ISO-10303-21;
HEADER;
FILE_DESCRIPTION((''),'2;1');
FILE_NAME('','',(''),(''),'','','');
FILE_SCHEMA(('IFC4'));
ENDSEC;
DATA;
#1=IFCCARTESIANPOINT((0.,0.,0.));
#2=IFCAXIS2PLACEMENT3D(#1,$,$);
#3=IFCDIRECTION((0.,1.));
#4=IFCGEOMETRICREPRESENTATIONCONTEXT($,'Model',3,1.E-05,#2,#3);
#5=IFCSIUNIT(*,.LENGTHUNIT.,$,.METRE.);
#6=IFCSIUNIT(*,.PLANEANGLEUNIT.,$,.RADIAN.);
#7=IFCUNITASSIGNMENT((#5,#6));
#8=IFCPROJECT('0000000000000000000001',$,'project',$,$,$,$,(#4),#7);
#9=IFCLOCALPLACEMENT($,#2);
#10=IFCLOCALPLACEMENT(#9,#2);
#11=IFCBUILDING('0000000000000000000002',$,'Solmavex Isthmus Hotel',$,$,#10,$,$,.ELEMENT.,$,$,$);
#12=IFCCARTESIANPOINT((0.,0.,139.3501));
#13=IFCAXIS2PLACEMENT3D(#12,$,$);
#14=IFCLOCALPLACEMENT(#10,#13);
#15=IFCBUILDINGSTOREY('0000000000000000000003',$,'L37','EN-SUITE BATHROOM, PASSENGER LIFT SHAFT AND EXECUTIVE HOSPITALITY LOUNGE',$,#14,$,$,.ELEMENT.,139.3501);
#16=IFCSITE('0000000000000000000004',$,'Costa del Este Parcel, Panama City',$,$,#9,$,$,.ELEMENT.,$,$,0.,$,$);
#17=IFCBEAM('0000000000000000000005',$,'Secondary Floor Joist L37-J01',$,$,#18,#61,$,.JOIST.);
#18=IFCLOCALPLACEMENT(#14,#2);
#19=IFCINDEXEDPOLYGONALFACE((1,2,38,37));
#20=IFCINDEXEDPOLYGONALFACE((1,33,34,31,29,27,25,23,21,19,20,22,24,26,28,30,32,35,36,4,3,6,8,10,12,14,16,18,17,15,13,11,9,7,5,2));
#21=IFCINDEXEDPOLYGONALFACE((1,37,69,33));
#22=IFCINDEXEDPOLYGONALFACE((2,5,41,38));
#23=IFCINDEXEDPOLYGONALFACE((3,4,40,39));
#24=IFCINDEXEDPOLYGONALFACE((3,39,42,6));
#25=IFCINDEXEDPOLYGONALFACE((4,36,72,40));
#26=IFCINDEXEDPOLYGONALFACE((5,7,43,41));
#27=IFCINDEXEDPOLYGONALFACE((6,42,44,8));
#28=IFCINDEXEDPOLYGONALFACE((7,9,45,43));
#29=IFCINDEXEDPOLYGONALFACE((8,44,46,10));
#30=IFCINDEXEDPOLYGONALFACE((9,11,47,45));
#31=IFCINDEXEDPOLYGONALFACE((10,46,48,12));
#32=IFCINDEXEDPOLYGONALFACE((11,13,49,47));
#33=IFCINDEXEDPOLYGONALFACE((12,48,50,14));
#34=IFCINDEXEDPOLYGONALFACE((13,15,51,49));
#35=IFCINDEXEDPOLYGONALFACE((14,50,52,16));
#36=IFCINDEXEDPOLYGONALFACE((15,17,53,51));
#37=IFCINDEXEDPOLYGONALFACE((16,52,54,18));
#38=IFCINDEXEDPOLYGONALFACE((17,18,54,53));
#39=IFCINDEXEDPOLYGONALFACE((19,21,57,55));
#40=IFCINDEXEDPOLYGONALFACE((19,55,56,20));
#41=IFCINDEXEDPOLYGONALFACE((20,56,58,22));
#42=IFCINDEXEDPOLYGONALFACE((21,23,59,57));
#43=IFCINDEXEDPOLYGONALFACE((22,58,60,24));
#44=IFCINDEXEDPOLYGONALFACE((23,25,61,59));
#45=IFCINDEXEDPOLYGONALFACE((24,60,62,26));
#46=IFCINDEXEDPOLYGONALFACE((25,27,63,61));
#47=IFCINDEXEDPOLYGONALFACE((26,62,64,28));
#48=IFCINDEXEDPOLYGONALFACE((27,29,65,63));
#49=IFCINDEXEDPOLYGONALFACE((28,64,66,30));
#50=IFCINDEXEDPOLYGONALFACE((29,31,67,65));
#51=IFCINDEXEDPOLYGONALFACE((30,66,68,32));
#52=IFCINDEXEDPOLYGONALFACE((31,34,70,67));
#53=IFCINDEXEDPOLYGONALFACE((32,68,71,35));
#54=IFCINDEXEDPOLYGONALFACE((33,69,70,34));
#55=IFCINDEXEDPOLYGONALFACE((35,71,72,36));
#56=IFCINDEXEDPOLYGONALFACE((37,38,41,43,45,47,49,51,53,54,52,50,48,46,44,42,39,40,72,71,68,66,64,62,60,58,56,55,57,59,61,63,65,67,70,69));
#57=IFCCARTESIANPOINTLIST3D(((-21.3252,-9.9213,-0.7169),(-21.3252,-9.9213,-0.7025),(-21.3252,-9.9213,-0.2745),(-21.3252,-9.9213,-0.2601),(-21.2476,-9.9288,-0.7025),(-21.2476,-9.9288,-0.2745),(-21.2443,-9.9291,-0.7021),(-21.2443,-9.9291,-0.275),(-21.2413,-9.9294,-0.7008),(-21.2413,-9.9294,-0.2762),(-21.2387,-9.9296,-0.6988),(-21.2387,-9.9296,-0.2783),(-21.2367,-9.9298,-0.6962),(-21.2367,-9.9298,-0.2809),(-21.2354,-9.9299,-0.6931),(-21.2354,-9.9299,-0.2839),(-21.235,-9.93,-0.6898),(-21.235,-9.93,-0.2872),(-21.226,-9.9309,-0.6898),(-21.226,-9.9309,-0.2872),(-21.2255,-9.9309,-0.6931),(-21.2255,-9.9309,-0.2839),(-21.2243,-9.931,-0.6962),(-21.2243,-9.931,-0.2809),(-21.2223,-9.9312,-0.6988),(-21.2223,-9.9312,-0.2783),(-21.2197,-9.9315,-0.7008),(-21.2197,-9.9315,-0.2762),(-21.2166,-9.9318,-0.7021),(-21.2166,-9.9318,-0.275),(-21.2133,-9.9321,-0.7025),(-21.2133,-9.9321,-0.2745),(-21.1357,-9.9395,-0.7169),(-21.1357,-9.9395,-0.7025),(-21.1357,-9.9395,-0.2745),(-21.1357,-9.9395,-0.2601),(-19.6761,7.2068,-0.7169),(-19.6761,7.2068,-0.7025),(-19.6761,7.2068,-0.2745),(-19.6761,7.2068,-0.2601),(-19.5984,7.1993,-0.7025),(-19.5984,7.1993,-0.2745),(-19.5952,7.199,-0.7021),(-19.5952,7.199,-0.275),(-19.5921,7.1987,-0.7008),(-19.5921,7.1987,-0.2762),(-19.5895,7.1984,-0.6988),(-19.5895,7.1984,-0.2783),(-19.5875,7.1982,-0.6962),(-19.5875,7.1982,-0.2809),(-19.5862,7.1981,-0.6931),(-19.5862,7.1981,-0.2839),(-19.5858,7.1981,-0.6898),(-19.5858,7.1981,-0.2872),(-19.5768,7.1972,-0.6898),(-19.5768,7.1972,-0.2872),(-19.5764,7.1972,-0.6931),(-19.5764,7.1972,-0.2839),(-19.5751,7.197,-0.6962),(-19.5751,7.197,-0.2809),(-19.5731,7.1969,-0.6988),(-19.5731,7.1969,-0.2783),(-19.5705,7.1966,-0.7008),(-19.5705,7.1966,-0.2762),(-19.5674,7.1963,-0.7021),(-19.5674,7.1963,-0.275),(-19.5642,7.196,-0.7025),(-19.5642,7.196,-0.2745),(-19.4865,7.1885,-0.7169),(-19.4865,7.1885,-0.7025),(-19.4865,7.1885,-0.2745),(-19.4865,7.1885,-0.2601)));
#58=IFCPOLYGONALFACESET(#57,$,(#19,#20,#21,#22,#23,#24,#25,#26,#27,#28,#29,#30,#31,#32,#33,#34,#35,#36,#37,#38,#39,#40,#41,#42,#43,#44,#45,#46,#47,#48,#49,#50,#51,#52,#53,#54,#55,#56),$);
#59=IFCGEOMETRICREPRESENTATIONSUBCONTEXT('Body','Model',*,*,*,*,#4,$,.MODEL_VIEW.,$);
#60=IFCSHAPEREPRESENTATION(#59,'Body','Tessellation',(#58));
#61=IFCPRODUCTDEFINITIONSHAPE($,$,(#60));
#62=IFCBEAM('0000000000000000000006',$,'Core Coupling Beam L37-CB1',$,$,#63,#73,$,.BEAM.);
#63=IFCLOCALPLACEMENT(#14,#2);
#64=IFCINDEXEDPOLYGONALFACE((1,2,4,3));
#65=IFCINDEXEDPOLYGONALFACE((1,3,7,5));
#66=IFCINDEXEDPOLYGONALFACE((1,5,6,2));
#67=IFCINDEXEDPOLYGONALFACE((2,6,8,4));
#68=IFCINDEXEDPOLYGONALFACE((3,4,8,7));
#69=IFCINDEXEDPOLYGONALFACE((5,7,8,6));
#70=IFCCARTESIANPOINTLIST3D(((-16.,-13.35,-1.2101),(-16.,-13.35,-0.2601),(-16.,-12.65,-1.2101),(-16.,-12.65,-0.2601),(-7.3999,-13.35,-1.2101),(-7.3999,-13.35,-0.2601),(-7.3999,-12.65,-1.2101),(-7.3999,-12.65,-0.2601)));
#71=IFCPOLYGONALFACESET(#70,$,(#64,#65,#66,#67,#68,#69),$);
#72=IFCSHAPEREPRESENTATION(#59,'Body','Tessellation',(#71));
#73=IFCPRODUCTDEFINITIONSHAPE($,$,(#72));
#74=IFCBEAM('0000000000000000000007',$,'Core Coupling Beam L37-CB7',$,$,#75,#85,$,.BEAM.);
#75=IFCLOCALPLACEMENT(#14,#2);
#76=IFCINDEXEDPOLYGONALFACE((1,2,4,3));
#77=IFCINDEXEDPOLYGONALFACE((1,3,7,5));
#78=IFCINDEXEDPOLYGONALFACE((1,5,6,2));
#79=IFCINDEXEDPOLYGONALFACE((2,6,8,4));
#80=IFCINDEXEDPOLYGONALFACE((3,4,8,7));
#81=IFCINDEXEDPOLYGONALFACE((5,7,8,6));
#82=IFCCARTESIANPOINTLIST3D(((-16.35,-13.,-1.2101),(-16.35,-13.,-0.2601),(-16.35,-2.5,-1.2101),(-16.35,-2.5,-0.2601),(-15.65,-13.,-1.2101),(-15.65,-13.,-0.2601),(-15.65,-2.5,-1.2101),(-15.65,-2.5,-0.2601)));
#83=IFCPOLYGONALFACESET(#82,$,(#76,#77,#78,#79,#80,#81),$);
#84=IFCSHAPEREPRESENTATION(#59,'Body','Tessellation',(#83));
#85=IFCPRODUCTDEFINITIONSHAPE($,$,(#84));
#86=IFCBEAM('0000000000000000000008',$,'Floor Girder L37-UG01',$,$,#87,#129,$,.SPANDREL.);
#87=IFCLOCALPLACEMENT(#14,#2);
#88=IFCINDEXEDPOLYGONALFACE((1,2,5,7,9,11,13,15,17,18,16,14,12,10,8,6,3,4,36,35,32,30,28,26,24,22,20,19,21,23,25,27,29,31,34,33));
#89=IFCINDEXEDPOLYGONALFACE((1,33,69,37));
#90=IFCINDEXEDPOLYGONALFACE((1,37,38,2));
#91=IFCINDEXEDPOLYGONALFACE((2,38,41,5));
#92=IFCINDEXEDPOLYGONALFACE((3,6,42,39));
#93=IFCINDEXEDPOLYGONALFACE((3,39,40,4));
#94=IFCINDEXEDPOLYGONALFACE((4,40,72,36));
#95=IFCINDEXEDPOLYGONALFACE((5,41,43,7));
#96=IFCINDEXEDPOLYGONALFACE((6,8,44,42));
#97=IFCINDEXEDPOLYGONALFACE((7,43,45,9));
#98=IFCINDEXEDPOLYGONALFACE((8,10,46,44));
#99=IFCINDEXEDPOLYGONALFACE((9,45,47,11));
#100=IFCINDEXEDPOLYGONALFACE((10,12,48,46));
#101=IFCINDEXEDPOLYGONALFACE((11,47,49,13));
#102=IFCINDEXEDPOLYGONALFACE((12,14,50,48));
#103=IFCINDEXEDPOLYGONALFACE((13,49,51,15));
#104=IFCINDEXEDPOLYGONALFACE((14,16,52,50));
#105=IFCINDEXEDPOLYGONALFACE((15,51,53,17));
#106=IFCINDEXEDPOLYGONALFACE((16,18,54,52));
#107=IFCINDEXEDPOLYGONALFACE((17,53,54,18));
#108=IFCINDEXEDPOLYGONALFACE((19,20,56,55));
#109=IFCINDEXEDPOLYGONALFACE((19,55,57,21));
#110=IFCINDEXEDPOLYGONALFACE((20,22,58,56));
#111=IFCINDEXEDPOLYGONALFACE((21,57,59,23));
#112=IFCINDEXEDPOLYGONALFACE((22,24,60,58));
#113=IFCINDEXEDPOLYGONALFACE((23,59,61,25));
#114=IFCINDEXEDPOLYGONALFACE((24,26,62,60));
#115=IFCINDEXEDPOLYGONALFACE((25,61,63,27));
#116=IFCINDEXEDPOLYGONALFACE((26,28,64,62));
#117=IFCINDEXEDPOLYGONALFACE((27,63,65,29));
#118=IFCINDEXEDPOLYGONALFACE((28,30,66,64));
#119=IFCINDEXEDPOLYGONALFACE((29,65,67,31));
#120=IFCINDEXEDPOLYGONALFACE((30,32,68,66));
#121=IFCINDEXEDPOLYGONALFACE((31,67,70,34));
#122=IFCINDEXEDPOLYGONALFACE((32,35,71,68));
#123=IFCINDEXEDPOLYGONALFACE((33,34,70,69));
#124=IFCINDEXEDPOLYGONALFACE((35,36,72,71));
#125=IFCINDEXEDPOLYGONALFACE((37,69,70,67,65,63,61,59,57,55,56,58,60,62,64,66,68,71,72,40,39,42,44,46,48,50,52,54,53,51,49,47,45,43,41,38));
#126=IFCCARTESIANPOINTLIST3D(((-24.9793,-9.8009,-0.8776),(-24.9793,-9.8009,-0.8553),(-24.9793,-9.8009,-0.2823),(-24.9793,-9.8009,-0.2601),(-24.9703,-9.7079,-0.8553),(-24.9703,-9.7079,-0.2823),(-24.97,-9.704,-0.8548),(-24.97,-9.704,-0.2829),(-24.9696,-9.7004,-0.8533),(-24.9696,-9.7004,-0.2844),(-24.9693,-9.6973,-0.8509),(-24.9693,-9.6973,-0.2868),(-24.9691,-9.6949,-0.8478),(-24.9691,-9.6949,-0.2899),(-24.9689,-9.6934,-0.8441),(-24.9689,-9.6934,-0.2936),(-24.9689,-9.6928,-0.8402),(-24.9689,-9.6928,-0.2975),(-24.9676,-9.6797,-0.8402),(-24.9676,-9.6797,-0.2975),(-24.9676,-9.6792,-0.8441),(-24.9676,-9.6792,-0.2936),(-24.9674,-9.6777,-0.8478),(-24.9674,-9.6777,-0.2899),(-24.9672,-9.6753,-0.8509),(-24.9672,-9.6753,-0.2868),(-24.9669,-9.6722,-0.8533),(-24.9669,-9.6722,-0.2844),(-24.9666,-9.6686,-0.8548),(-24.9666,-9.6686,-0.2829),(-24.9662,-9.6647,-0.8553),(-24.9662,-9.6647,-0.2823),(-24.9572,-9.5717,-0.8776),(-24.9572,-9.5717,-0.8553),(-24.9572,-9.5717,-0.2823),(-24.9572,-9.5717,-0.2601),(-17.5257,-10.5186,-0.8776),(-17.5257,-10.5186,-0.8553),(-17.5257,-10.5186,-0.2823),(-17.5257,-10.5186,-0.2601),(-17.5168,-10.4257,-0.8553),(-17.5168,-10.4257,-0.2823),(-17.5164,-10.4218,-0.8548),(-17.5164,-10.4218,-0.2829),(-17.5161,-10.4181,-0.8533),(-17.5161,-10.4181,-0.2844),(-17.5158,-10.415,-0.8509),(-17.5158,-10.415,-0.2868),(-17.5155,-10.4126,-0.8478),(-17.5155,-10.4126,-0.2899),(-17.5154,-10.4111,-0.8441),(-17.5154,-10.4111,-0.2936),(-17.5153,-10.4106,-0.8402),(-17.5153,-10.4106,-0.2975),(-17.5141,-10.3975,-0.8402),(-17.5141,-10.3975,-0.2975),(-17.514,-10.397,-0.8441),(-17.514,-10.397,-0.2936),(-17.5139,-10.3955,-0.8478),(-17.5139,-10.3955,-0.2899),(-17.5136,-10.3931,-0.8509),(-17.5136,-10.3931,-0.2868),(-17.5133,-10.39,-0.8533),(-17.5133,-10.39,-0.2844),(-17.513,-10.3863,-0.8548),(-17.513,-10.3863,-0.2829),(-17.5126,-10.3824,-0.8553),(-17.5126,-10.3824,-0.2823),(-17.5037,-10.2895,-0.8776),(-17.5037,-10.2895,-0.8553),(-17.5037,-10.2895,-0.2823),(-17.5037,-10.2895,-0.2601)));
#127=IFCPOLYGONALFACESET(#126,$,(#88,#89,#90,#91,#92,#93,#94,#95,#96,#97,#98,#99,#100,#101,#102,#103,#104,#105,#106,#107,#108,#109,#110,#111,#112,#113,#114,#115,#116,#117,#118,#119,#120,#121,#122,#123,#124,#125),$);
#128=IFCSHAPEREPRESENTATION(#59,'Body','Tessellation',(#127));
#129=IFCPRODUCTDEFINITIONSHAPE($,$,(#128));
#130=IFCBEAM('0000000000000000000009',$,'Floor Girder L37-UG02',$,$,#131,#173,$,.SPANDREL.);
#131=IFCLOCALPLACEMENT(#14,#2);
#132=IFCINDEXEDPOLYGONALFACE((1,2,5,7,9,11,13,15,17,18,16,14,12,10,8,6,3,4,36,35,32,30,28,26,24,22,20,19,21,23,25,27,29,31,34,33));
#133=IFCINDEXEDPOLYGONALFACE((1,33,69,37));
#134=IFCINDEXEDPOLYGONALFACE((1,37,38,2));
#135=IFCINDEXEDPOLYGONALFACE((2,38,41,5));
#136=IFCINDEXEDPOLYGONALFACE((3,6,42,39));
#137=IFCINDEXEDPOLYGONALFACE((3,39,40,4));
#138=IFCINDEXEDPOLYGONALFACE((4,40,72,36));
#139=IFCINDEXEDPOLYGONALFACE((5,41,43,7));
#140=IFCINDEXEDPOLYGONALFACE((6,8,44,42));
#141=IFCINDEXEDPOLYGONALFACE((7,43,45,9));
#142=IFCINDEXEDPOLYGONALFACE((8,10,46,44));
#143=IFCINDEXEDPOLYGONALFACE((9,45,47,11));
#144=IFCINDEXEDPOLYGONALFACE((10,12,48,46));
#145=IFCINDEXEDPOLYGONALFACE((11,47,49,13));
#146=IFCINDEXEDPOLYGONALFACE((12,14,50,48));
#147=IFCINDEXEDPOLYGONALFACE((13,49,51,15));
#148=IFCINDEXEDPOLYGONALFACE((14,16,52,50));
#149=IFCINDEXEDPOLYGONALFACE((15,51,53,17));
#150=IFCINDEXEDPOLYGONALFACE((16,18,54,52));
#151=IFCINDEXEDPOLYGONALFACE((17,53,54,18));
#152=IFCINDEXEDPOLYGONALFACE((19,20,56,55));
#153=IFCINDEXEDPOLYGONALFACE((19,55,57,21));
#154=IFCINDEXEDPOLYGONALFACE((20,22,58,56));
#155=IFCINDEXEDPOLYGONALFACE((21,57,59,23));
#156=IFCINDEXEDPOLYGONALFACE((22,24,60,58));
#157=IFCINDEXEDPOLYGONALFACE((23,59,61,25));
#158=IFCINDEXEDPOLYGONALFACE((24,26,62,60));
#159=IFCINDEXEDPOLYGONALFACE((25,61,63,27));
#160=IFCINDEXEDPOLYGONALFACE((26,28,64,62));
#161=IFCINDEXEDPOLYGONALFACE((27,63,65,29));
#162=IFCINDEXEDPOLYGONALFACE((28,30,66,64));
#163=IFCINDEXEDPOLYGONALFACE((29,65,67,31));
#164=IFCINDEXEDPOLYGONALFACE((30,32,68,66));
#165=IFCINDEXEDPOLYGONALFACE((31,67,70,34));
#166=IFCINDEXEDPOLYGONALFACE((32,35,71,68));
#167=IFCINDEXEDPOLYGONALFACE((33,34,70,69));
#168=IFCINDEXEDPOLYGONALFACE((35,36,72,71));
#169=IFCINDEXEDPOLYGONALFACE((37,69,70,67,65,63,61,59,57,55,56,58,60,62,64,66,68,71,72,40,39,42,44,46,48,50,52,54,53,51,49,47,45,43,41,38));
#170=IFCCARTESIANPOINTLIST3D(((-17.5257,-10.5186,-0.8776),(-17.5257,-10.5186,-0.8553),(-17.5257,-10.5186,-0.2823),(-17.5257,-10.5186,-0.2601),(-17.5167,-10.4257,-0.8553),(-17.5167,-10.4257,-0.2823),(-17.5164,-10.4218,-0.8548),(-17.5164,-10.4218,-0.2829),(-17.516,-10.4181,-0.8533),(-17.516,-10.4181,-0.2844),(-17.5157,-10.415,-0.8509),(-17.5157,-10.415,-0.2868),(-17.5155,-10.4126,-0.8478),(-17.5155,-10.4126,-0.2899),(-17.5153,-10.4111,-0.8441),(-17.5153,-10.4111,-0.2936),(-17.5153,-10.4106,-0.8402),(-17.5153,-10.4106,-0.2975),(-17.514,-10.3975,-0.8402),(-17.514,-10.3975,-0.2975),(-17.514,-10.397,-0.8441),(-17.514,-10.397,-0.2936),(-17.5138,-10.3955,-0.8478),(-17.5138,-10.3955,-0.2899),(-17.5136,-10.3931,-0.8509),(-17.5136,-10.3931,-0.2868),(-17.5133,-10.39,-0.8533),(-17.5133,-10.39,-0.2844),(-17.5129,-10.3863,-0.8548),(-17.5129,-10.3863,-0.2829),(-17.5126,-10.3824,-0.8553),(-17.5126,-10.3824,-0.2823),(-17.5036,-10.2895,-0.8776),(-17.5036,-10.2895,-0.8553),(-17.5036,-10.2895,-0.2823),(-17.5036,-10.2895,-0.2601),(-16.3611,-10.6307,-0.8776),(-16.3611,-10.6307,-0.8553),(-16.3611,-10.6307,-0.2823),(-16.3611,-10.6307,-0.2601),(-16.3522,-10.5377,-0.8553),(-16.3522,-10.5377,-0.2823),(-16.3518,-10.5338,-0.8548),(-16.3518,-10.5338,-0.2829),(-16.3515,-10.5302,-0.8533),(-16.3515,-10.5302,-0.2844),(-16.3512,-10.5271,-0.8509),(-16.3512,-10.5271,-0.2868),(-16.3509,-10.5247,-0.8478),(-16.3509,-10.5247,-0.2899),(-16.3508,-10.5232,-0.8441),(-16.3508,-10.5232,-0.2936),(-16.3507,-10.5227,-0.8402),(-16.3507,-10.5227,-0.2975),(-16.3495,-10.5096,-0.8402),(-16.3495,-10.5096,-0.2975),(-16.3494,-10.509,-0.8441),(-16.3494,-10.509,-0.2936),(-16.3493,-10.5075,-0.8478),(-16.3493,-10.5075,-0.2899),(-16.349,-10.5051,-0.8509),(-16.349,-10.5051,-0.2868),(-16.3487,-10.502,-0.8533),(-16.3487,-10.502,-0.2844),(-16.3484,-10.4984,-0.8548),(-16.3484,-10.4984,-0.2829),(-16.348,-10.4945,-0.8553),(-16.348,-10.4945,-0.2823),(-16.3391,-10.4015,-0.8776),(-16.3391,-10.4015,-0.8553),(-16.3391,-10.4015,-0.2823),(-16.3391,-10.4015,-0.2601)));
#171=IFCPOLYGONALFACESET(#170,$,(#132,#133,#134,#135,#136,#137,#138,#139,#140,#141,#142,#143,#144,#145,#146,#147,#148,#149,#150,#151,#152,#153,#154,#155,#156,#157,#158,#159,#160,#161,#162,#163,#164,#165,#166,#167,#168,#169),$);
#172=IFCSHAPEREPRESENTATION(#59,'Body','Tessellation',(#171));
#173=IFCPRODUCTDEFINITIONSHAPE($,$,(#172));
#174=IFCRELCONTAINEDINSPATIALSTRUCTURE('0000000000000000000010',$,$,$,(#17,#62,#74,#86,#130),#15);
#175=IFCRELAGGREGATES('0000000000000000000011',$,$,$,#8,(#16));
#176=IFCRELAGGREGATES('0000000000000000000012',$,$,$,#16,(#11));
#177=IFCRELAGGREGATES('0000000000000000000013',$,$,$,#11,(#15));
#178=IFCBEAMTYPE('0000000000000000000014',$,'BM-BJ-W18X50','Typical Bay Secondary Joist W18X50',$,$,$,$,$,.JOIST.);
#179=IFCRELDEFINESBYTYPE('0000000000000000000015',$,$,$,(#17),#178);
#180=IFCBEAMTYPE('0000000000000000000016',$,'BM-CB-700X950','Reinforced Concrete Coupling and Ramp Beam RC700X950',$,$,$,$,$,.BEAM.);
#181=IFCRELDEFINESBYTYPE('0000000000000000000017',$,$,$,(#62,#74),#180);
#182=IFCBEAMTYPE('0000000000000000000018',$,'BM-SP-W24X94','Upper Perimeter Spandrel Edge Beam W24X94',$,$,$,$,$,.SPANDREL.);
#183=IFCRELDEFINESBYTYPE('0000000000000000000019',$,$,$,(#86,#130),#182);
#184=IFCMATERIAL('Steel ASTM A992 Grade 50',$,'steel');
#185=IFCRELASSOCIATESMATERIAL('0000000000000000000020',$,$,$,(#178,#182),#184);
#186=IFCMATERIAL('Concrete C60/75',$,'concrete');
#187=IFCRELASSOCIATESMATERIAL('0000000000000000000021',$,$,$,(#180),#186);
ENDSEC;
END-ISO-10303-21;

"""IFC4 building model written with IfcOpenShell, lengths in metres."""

from ifc_helpers import new_model, si_unit, direction, frame, origin, origin_2d, place, context, subcontext, project, spatial, rectangle, i_section, extrude, material, material_profile, profile_set, type_object, element, save


model = new_model("IFC4")

# Units and contexts
model_context = context("Model", 3, precision=1e-05, world=origin(), true_north=direction((0.0, 1.0)))
body_context = subcontext(model_context, "Body", "Model", "MODEL_VIEW")
ifc_project = project(units=[si_unit("LENGTHUNIT", "METRE"), si_unit("PLANEANGLEUNIT", "RADIAN")], contexts=[model_context])

# Site, building, storey
site_placement = place(None, origin())
site = spatial("IfcSite", under=ifc_project, at=site_placement, Name="Costa del Este Parcel, Panama City", CompositionType="ELEMENT", RefElevation=0.0)
building_placement = place(site_placement, origin())
building = spatial("IfcBuilding", under=site, at=building_placement, Name="Solmavex Isthmus Hotel", CompositionType="ELEMENT")
storey_placement = place(building_placement, frame((0.0, 0.0, 139.3501)))
storey = spatial("IfcBuildingStorey", under=building, at=storey_placement, Name="L37", Description="EN-SUITE BATHROOM, PASSENGER LIFT SHAFT AND EXECUTIVE HOSPITALITY LOUNGE", CompositionType="ELEMENT", Elevation=139.3501)

# Shared definitions
ifc_material_1 = material(Name="Concrete C60/75", Category="concrete")

# Beams
ifc_material_2 = material(Name="Steel ASTM A992 Grade 50", Category="steel")
ifc_material_profile_1 = material_profile(ifc_material_2, i_section(OverallWidth=0.1904, OverallDepth=0.4568, WebThickness=0.009, FlangeThickness=0.0144, FilletRadius=0.0127, at=origin_2d()), Name="W18X50")
ifc_profile_set_1 = profile_set([ifc_material_profile_1], Name="Steel ASTM A992 Grade 50")
beam_type_1 = type_object("IfcBeamType", Name="BM-BJ-W18X50", Description="Typical Bay Secondary Joist W18X50", PredefinedType="JOIST", material=ifc_profile_set_1)
beam_1_placement = place(storey_placement, frame((-21.2305, -9.9304, -0.4885), z_axis=(0.095841, 0.995397, 0.0), x_axis=(-0.995397, 0.095841, 0.0)))
element("IfcBeam", 1, at=beam_1_placement, inside=storey, type_object=beam_type_1, Name="Secondary Floor Joist L37-J01", PredefinedType="JOIST", context=body_context, shape_type="SweptSolid", body=[
    extrude(i_section(OverallWidth=0.1904, OverallDepth=0.4568, WebThickness=0.009, FlangeThickness=0.0144, FilletRadius=0.0127, at=origin_2d()), origin(), (0.0, 0.0, 1.0), 17.2073),
])
ifc_material_profile_2 = material_profile(ifc_material_1, rectangle(XDim=0.7, YDim=0.95, at=origin_2d()), Name="RC700X950")
ifc_profile_set_2 = profile_set([ifc_material_profile_2], Name="Concrete C60/75")
beam_type_2 = type_object("IfcBeamType", Name="BM-CB-700X950", Description="Reinforced Concrete Coupling and Ramp Beam RC700X950", PredefinedType="BEAM", material=ifc_profile_set_2)
beam_2_placement = place(storey_placement, frame((-16.0, -13.0, -0.7351), z_axis=(1.0, 0.0, 0.0), x_axis=(0.0, 1.0, 0.0)))
element("IfcBeam", 2, at=beam_2_placement, inside=storey, type_object=beam_type_2, Name="Core Coupling Beam L37-CB1", PredefinedType="BEAM", context=body_context, shape_type="SweptSolid", body=[
    extrude(rectangle(XDim=0.7, YDim=0.95, at=origin_2d()), origin(), (0.0, 0.0, 1.0), 8.6001),
])
beam_3_placement = place(storey_placement, frame((-16.0, -13.0, -0.7351), z_axis=(0.0, 1.0, 0.0), x_axis=(-1.0, 0.0, 0.0)))
element("IfcBeam", 3, at=beam_3_placement, inside=storey, type_object=beam_type_2, Name="Core Coupling Beam L37-CB7", PredefinedType="BEAM", context=body_context, shape_type="SweptSolid", body=[
    extrude(rectangle(XDim=0.7, YDim=0.95, at=origin_2d()), origin(), (0.0, 0.0, 1.0), 10.5),
])
ifc_material_profile_3 = material_profile(ifc_material_2, i_section(OverallWidth=0.2302, OverallDepth=0.6174, WebThickness=0.0132, FlangeThickness=0.0222, FilletRadius=0.0151, at=origin_2d()), Name="W24X94")
ifc_profile_set_3 = profile_set([ifc_material_profile_3], Name="Steel ASTM A992 Grade 50")
beam_type_3 = type_object("IfcBeamType", Name="BM-SP-W24X94", Description="Upper Perimeter Spandrel Edge Beam W24X94", PredefinedType="SPANDREL", material=ifc_profile_set_3)
beam_4_placement = place(storey_placement, frame((-24.9683, -9.6863, -0.5688), z_axis=(0.995395, -0.095855, 0.0), x_axis=(0.095855, 0.995395, 0.0)))
element("IfcBeam", 4, at=beam_4_placement, inside=storey, type_object=beam_type_3, Name="Floor Girder L37-UG01", PredefinedType="SPANDREL", context=body_context, shape_type="SweptSolid", body=[
    extrude(i_section(OverallWidth=0.2302, OverallDepth=0.6174, WebThickness=0.0132, FlangeThickness=0.0222, FilletRadius=0.0151, at=origin_2d()), origin(), (0.0, 0.0, 1.0), 7.488),
])
beam_5_placement = place(storey_placement, frame((-17.5146, -10.4041, -0.5688), z_axis=(0.995402, -0.095784, 0.0), x_axis=(0.095784, 0.995402, 0.0)))
element("IfcBeam", 5, at=beam_5_placement, inside=storey, type_object=beam_type_3, Name="Floor Girder L37-UG02", PredefinedType="SPANDREL", context=body_context, shape_type="SweptSolid", body=[
    extrude(i_section(OverallWidth=0.2302, OverallDepth=0.6174, WebThickness=0.0132, FlangeThickness=0.0222, FilletRadius=0.0151, at=origin_2d()), origin(), (0.0, 0.0, 1.0), 1.1699),
])

save(model, "model.ifc")
